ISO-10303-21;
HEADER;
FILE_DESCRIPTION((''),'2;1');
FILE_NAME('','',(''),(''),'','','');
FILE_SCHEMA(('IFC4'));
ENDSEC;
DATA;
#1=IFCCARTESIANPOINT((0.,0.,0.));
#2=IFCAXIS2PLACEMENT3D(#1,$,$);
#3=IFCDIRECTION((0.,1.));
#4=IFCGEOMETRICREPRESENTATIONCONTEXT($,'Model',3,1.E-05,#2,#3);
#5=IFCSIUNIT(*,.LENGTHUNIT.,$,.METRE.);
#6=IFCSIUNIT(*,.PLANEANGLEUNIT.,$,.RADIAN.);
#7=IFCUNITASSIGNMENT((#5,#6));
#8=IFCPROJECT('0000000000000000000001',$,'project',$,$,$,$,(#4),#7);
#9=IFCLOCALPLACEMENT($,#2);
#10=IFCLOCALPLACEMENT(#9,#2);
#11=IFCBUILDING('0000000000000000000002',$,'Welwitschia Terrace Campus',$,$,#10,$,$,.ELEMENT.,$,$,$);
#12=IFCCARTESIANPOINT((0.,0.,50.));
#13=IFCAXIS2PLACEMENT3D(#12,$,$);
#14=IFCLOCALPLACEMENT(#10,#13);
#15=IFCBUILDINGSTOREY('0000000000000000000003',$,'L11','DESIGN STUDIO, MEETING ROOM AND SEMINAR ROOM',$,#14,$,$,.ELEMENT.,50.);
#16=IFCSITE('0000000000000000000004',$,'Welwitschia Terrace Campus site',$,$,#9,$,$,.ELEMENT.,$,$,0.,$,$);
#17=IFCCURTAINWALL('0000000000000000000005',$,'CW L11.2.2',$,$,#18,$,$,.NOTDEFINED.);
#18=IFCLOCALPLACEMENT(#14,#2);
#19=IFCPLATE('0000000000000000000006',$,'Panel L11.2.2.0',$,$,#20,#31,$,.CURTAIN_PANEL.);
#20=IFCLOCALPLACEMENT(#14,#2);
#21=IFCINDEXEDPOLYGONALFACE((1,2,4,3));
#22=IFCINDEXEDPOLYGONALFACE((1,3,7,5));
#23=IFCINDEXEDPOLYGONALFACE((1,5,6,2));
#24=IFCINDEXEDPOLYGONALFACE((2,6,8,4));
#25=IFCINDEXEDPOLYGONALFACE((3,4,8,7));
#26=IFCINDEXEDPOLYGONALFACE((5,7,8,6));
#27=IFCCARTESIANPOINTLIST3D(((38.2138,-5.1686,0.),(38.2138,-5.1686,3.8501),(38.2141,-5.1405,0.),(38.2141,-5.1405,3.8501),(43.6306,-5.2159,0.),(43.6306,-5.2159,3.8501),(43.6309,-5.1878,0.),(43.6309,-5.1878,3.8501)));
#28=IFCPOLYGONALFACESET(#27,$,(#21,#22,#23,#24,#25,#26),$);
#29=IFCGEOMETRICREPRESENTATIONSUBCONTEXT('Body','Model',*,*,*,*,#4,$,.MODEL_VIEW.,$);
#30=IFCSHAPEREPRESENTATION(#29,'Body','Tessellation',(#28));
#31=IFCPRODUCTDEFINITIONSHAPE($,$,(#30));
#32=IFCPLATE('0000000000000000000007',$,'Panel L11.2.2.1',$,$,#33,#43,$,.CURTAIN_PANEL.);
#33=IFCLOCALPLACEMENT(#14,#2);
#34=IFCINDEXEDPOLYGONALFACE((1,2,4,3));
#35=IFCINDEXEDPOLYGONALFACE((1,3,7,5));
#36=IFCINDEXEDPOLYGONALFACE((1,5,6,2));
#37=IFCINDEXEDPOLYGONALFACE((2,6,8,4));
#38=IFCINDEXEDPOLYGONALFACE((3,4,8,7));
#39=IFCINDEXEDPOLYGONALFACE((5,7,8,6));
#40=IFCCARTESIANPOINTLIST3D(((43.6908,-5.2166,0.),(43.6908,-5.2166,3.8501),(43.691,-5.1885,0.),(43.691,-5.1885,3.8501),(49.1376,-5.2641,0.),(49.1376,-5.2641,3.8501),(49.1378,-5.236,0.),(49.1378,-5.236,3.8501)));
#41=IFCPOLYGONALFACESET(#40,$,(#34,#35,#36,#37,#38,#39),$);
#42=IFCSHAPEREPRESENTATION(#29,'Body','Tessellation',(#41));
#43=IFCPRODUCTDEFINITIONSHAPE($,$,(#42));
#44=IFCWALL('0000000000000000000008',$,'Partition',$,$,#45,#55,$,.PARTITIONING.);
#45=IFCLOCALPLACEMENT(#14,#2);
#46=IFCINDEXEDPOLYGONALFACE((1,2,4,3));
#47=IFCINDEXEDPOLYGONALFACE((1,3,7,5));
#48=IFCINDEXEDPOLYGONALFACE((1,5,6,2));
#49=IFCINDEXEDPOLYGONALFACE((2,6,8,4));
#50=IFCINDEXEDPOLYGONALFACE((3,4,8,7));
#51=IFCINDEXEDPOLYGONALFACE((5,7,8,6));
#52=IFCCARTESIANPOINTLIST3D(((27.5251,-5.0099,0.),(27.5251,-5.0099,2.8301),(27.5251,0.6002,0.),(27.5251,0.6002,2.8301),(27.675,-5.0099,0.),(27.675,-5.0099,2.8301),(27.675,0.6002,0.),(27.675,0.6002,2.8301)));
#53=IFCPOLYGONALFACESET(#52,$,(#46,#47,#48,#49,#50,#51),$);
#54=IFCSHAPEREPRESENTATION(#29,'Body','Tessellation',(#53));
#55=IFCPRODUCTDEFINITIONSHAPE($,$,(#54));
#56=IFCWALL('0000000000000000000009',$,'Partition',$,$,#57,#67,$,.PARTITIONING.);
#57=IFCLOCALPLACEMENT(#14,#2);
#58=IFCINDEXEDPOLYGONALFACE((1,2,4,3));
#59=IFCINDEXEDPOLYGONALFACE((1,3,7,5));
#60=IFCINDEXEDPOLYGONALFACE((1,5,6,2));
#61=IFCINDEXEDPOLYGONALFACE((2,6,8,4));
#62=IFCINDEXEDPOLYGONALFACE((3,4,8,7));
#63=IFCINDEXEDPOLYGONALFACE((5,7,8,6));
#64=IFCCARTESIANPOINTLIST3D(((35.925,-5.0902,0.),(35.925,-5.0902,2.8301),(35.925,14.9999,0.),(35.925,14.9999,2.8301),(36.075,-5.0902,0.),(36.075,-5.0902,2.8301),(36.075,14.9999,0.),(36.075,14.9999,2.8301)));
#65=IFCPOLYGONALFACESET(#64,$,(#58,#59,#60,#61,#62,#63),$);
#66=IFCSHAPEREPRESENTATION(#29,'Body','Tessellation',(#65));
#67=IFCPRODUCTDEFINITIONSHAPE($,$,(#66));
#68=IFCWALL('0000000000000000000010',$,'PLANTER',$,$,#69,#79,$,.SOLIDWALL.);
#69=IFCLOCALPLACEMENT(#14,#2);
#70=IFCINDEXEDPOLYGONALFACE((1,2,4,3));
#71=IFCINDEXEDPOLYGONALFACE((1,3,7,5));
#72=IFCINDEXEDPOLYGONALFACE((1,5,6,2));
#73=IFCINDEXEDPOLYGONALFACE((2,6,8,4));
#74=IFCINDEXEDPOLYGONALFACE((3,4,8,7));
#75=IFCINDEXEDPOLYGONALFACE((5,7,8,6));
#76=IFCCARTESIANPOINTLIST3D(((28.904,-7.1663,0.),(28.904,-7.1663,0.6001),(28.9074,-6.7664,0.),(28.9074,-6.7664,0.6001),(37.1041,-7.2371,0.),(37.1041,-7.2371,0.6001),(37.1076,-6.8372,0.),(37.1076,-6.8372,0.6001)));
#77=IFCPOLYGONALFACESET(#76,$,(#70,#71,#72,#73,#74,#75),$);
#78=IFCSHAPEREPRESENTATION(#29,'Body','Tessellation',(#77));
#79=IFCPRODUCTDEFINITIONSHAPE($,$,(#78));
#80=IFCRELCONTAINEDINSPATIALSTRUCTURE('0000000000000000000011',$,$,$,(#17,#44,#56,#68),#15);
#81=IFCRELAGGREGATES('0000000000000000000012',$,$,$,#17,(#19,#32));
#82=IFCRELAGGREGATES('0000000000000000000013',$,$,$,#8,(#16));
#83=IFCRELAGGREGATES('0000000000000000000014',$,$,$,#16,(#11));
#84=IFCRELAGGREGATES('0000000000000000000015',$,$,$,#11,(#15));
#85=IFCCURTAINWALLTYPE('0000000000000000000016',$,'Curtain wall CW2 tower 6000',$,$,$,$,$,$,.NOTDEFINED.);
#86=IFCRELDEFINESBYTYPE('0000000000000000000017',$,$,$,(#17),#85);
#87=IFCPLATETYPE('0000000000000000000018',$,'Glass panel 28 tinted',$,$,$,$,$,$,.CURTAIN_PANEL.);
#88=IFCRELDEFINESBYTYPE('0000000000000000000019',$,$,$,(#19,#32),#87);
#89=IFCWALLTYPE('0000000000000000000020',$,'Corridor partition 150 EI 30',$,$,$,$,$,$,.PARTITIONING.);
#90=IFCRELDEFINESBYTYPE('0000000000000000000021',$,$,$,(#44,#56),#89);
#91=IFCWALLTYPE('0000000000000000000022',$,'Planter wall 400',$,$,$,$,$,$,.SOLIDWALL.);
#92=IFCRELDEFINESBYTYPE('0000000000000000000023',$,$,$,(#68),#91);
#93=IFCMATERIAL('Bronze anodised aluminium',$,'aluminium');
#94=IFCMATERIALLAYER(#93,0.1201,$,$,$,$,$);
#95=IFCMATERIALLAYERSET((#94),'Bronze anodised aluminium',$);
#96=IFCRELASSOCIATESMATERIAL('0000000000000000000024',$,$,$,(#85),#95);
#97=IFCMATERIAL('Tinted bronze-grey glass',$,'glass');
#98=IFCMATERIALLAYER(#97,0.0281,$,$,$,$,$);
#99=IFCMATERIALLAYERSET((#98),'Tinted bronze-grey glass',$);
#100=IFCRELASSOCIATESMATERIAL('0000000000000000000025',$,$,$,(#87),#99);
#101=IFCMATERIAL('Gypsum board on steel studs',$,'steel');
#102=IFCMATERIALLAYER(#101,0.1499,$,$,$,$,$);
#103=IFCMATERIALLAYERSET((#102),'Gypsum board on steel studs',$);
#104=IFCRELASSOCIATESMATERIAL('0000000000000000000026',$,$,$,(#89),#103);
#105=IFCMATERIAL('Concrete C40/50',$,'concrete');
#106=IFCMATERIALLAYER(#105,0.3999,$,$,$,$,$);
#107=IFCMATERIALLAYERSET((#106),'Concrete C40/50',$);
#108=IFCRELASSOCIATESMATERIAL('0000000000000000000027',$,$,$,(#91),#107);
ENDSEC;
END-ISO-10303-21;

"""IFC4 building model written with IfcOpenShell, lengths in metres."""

from ifc_helpers import new_model, si_unit, direction, frame, frame_2d, origin, origin_2d, place, context, subcontext, project, spatial, rectangle, extrude, material, layer, layer_set, type_object, element, aggregate, save


model = new_model("IFC4")

# Units and contexts
model_context = context("Model", 3, precision=1e-05, world=origin(), true_north=direction((0.0, 1.0)))
body_context = subcontext(model_context, "Body", "Model", "MODEL_VIEW")
ifc_project = project(units=[si_unit("LENGTHUNIT", "METRE"), si_unit("PLANEANGLEUNIT", "RADIAN")], contexts=[model_context])

# Site, building, storey
site_placement = place(None, origin())
site = spatial("IfcSite", under=ifc_project, at=site_placement, Name="Welwitschia Terrace Campus site", CompositionType="ELEMENT", RefElevation=0.0)
building_placement = place(site_placement, origin())
building = spatial("IfcBuilding", under=site, at=building_placement, Name="Welwitschia Terrace Campus", CompositionType="ELEMENT")
storey_placement = place(building_placement, frame((0.0, 0.0, 50.0)))
storey = spatial("IfcBuildingStorey", under=building, at=storey_placement, Name="L11", Description="DESIGN STUDIO, MEETING ROOM AND SEMINAR ROOM", CompositionType="ELEMENT", Elevation=50.0)

# Shared definitions
ifc_material_1 = material(Name="Bronze anodised aluminium", Category="aluminium")
ifc_layer_1 = layer(ifc_material_1, 0.1201)
ifc_layer_set_1 = layer_set([ifc_layer_1], Name="Bronze anodised aluminium")
curtain_wall_type = type_object("IfcCurtainWallType", Name="Curtain wall CW2 tower 6000", PredefinedType="NOTDEFINED", material=ifc_layer_set_1)

# Curtain wall
curtain_wall_1_placement = place(storey_placement, origin())
curtain_wall_1 = element("IfcCurtainWall", 1, at=curtain_wall_1_placement, inside=storey, type_object=curtain_wall_type, Name="CW L11.2.2", PredefinedType="NOTDEFINED")

# Plates
ifc_material_2 = material(Name="Tinted bronze-grey glass", Category="glass")
ifc_layer_2 = layer(ifc_material_2, 0.0281)
ifc_layer_set_2 = layer_set([ifc_layer_2], Name="Tinted bronze-grey glass")
plate_type = type_object("IfcPlateType", Name="Glass panel 28 tinted", PredefinedType="CURTAIN_PANEL", material=ifc_layer_set_2)
plate_1_placement = place(storey_placement, frame((40.9224, -5.1782, 0.0), z_axis=(0.0, 0.0, 1.0), x_axis=(0.999962, -0.008727, 0.0)))
plate_1 = element("IfcPlate", 2, at=plate_1_placement, type_object=plate_type, Name="Panel L11.2.2.0", PredefinedType="CURTAIN_PANEL", context=body_context, shape_type="SweptSolid", body=[
    extrude(rectangle(XDim=5.417, YDim=0.0281, at=origin_2d()), origin(), (0.0, 0.0, 1.0), 3.8501),
])
plate_2_placement = place(storey_placement, frame((46.4143, -5.2263, 0.0), z_axis=(0.0, 0.0, 1.0), x_axis=(0.999962, -0.008727, 0.0)))
plate_2 = element("IfcPlate", 3, at=plate_2_placement, type_object=plate_type, Name="Panel L11.2.2.1", PredefinedType="CURTAIN_PANEL", context=body_context, shape_type="SweptSolid", body=[
    extrude(rectangle(XDim=5.447, YDim=0.0281, at=origin_2d()), origin(), (0.0, 0.0, 1.0), 3.8501),
])
aggregate(curtain_wall_1, [plate_1, plate_2])

# Walls
ifc_material_3 = material(Name="Gypsum board on steel studs", Category="steel")
ifc_layer_3 = layer(ifc_material_3, 0.1499)
ifc_layer_set_3 = layer_set([ifc_layer_3], Name="Gypsum board on steel studs")
wall_type_1 = type_object("IfcWallType", Name="Corridor partition 150 EI 30", PredefinedType="PARTITIONING", material=ifc_layer_set_3)
wall_1_placement = place(storey_placement, frame((27.6001, -5.01, 0.0), z_axis=(0.0, 0.0, 1.0), x_axis=(0.0, 1.0, 0.0)))
element("IfcWall", 4, at=wall_1_placement, inside=storey, type_object=wall_type_1, Name="Partition", PredefinedType="PARTITIONING", context=body_context, shape_type="SweptSolid", body=[
    extrude(rectangle(XDim=5.6101, YDim=0.1499, at=frame_2d((2.8052, 0.0))), origin(), (0.0, 0.0, 1.0), 2.8301),
])
wall_2_placement = place(storey_placement, frame((36.0, -5.0901, 0.0), z_axis=(0.0, 0.0, 1.0), x_axis=(0.0, 1.0, 0.0)))
element("IfcWall", 5, at=wall_2_placement, inside=storey, type_object=wall_type_1, Name="Partition", PredefinedType="PARTITIONING", context=body_context, shape_type="SweptSolid", body=[
    extrude(rectangle(XDim=20.0901, YDim=0.1499, at=frame_2d((10.0449, 0.0))), origin(), (0.0, 0.0, 1.0), 2.8301),
])
ifc_material_4 = material(Name="Concrete C40/50", Category="concrete")
ifc_layer_4 = layer(ifc_material_4, 0.3999)
ifc_layer_set_4 = layer_set([ifc_layer_4], Name="Concrete C40/50")
wall_type_2 = type_object("IfcWallType", Name="Planter wall 400", PredefinedType="SOLIDWALL", material=ifc_layer_set_4)
wall_3_placement = place(storey_placement, frame((37.1057, -7.0371, 0.0), z_axis=(0.0, 0.0, 1.0), x_axis=(-0.999963, 0.008634, 0.0)))
element("IfcWall", 6, at=wall_3_placement, inside=storey, type_object=wall_type_2, Name="PLANTER", PredefinedType="SOLIDWALL", context=body_context, shape_type="SweptSolid", body=[
    extrude(rectangle(XDim=8.2004, YDim=0.3999, at=frame_2d((4.1001, 0.0))), origin(), (0.0, 0.0, 1.0), 0.6001),
])

save(model, "model.ifc")
